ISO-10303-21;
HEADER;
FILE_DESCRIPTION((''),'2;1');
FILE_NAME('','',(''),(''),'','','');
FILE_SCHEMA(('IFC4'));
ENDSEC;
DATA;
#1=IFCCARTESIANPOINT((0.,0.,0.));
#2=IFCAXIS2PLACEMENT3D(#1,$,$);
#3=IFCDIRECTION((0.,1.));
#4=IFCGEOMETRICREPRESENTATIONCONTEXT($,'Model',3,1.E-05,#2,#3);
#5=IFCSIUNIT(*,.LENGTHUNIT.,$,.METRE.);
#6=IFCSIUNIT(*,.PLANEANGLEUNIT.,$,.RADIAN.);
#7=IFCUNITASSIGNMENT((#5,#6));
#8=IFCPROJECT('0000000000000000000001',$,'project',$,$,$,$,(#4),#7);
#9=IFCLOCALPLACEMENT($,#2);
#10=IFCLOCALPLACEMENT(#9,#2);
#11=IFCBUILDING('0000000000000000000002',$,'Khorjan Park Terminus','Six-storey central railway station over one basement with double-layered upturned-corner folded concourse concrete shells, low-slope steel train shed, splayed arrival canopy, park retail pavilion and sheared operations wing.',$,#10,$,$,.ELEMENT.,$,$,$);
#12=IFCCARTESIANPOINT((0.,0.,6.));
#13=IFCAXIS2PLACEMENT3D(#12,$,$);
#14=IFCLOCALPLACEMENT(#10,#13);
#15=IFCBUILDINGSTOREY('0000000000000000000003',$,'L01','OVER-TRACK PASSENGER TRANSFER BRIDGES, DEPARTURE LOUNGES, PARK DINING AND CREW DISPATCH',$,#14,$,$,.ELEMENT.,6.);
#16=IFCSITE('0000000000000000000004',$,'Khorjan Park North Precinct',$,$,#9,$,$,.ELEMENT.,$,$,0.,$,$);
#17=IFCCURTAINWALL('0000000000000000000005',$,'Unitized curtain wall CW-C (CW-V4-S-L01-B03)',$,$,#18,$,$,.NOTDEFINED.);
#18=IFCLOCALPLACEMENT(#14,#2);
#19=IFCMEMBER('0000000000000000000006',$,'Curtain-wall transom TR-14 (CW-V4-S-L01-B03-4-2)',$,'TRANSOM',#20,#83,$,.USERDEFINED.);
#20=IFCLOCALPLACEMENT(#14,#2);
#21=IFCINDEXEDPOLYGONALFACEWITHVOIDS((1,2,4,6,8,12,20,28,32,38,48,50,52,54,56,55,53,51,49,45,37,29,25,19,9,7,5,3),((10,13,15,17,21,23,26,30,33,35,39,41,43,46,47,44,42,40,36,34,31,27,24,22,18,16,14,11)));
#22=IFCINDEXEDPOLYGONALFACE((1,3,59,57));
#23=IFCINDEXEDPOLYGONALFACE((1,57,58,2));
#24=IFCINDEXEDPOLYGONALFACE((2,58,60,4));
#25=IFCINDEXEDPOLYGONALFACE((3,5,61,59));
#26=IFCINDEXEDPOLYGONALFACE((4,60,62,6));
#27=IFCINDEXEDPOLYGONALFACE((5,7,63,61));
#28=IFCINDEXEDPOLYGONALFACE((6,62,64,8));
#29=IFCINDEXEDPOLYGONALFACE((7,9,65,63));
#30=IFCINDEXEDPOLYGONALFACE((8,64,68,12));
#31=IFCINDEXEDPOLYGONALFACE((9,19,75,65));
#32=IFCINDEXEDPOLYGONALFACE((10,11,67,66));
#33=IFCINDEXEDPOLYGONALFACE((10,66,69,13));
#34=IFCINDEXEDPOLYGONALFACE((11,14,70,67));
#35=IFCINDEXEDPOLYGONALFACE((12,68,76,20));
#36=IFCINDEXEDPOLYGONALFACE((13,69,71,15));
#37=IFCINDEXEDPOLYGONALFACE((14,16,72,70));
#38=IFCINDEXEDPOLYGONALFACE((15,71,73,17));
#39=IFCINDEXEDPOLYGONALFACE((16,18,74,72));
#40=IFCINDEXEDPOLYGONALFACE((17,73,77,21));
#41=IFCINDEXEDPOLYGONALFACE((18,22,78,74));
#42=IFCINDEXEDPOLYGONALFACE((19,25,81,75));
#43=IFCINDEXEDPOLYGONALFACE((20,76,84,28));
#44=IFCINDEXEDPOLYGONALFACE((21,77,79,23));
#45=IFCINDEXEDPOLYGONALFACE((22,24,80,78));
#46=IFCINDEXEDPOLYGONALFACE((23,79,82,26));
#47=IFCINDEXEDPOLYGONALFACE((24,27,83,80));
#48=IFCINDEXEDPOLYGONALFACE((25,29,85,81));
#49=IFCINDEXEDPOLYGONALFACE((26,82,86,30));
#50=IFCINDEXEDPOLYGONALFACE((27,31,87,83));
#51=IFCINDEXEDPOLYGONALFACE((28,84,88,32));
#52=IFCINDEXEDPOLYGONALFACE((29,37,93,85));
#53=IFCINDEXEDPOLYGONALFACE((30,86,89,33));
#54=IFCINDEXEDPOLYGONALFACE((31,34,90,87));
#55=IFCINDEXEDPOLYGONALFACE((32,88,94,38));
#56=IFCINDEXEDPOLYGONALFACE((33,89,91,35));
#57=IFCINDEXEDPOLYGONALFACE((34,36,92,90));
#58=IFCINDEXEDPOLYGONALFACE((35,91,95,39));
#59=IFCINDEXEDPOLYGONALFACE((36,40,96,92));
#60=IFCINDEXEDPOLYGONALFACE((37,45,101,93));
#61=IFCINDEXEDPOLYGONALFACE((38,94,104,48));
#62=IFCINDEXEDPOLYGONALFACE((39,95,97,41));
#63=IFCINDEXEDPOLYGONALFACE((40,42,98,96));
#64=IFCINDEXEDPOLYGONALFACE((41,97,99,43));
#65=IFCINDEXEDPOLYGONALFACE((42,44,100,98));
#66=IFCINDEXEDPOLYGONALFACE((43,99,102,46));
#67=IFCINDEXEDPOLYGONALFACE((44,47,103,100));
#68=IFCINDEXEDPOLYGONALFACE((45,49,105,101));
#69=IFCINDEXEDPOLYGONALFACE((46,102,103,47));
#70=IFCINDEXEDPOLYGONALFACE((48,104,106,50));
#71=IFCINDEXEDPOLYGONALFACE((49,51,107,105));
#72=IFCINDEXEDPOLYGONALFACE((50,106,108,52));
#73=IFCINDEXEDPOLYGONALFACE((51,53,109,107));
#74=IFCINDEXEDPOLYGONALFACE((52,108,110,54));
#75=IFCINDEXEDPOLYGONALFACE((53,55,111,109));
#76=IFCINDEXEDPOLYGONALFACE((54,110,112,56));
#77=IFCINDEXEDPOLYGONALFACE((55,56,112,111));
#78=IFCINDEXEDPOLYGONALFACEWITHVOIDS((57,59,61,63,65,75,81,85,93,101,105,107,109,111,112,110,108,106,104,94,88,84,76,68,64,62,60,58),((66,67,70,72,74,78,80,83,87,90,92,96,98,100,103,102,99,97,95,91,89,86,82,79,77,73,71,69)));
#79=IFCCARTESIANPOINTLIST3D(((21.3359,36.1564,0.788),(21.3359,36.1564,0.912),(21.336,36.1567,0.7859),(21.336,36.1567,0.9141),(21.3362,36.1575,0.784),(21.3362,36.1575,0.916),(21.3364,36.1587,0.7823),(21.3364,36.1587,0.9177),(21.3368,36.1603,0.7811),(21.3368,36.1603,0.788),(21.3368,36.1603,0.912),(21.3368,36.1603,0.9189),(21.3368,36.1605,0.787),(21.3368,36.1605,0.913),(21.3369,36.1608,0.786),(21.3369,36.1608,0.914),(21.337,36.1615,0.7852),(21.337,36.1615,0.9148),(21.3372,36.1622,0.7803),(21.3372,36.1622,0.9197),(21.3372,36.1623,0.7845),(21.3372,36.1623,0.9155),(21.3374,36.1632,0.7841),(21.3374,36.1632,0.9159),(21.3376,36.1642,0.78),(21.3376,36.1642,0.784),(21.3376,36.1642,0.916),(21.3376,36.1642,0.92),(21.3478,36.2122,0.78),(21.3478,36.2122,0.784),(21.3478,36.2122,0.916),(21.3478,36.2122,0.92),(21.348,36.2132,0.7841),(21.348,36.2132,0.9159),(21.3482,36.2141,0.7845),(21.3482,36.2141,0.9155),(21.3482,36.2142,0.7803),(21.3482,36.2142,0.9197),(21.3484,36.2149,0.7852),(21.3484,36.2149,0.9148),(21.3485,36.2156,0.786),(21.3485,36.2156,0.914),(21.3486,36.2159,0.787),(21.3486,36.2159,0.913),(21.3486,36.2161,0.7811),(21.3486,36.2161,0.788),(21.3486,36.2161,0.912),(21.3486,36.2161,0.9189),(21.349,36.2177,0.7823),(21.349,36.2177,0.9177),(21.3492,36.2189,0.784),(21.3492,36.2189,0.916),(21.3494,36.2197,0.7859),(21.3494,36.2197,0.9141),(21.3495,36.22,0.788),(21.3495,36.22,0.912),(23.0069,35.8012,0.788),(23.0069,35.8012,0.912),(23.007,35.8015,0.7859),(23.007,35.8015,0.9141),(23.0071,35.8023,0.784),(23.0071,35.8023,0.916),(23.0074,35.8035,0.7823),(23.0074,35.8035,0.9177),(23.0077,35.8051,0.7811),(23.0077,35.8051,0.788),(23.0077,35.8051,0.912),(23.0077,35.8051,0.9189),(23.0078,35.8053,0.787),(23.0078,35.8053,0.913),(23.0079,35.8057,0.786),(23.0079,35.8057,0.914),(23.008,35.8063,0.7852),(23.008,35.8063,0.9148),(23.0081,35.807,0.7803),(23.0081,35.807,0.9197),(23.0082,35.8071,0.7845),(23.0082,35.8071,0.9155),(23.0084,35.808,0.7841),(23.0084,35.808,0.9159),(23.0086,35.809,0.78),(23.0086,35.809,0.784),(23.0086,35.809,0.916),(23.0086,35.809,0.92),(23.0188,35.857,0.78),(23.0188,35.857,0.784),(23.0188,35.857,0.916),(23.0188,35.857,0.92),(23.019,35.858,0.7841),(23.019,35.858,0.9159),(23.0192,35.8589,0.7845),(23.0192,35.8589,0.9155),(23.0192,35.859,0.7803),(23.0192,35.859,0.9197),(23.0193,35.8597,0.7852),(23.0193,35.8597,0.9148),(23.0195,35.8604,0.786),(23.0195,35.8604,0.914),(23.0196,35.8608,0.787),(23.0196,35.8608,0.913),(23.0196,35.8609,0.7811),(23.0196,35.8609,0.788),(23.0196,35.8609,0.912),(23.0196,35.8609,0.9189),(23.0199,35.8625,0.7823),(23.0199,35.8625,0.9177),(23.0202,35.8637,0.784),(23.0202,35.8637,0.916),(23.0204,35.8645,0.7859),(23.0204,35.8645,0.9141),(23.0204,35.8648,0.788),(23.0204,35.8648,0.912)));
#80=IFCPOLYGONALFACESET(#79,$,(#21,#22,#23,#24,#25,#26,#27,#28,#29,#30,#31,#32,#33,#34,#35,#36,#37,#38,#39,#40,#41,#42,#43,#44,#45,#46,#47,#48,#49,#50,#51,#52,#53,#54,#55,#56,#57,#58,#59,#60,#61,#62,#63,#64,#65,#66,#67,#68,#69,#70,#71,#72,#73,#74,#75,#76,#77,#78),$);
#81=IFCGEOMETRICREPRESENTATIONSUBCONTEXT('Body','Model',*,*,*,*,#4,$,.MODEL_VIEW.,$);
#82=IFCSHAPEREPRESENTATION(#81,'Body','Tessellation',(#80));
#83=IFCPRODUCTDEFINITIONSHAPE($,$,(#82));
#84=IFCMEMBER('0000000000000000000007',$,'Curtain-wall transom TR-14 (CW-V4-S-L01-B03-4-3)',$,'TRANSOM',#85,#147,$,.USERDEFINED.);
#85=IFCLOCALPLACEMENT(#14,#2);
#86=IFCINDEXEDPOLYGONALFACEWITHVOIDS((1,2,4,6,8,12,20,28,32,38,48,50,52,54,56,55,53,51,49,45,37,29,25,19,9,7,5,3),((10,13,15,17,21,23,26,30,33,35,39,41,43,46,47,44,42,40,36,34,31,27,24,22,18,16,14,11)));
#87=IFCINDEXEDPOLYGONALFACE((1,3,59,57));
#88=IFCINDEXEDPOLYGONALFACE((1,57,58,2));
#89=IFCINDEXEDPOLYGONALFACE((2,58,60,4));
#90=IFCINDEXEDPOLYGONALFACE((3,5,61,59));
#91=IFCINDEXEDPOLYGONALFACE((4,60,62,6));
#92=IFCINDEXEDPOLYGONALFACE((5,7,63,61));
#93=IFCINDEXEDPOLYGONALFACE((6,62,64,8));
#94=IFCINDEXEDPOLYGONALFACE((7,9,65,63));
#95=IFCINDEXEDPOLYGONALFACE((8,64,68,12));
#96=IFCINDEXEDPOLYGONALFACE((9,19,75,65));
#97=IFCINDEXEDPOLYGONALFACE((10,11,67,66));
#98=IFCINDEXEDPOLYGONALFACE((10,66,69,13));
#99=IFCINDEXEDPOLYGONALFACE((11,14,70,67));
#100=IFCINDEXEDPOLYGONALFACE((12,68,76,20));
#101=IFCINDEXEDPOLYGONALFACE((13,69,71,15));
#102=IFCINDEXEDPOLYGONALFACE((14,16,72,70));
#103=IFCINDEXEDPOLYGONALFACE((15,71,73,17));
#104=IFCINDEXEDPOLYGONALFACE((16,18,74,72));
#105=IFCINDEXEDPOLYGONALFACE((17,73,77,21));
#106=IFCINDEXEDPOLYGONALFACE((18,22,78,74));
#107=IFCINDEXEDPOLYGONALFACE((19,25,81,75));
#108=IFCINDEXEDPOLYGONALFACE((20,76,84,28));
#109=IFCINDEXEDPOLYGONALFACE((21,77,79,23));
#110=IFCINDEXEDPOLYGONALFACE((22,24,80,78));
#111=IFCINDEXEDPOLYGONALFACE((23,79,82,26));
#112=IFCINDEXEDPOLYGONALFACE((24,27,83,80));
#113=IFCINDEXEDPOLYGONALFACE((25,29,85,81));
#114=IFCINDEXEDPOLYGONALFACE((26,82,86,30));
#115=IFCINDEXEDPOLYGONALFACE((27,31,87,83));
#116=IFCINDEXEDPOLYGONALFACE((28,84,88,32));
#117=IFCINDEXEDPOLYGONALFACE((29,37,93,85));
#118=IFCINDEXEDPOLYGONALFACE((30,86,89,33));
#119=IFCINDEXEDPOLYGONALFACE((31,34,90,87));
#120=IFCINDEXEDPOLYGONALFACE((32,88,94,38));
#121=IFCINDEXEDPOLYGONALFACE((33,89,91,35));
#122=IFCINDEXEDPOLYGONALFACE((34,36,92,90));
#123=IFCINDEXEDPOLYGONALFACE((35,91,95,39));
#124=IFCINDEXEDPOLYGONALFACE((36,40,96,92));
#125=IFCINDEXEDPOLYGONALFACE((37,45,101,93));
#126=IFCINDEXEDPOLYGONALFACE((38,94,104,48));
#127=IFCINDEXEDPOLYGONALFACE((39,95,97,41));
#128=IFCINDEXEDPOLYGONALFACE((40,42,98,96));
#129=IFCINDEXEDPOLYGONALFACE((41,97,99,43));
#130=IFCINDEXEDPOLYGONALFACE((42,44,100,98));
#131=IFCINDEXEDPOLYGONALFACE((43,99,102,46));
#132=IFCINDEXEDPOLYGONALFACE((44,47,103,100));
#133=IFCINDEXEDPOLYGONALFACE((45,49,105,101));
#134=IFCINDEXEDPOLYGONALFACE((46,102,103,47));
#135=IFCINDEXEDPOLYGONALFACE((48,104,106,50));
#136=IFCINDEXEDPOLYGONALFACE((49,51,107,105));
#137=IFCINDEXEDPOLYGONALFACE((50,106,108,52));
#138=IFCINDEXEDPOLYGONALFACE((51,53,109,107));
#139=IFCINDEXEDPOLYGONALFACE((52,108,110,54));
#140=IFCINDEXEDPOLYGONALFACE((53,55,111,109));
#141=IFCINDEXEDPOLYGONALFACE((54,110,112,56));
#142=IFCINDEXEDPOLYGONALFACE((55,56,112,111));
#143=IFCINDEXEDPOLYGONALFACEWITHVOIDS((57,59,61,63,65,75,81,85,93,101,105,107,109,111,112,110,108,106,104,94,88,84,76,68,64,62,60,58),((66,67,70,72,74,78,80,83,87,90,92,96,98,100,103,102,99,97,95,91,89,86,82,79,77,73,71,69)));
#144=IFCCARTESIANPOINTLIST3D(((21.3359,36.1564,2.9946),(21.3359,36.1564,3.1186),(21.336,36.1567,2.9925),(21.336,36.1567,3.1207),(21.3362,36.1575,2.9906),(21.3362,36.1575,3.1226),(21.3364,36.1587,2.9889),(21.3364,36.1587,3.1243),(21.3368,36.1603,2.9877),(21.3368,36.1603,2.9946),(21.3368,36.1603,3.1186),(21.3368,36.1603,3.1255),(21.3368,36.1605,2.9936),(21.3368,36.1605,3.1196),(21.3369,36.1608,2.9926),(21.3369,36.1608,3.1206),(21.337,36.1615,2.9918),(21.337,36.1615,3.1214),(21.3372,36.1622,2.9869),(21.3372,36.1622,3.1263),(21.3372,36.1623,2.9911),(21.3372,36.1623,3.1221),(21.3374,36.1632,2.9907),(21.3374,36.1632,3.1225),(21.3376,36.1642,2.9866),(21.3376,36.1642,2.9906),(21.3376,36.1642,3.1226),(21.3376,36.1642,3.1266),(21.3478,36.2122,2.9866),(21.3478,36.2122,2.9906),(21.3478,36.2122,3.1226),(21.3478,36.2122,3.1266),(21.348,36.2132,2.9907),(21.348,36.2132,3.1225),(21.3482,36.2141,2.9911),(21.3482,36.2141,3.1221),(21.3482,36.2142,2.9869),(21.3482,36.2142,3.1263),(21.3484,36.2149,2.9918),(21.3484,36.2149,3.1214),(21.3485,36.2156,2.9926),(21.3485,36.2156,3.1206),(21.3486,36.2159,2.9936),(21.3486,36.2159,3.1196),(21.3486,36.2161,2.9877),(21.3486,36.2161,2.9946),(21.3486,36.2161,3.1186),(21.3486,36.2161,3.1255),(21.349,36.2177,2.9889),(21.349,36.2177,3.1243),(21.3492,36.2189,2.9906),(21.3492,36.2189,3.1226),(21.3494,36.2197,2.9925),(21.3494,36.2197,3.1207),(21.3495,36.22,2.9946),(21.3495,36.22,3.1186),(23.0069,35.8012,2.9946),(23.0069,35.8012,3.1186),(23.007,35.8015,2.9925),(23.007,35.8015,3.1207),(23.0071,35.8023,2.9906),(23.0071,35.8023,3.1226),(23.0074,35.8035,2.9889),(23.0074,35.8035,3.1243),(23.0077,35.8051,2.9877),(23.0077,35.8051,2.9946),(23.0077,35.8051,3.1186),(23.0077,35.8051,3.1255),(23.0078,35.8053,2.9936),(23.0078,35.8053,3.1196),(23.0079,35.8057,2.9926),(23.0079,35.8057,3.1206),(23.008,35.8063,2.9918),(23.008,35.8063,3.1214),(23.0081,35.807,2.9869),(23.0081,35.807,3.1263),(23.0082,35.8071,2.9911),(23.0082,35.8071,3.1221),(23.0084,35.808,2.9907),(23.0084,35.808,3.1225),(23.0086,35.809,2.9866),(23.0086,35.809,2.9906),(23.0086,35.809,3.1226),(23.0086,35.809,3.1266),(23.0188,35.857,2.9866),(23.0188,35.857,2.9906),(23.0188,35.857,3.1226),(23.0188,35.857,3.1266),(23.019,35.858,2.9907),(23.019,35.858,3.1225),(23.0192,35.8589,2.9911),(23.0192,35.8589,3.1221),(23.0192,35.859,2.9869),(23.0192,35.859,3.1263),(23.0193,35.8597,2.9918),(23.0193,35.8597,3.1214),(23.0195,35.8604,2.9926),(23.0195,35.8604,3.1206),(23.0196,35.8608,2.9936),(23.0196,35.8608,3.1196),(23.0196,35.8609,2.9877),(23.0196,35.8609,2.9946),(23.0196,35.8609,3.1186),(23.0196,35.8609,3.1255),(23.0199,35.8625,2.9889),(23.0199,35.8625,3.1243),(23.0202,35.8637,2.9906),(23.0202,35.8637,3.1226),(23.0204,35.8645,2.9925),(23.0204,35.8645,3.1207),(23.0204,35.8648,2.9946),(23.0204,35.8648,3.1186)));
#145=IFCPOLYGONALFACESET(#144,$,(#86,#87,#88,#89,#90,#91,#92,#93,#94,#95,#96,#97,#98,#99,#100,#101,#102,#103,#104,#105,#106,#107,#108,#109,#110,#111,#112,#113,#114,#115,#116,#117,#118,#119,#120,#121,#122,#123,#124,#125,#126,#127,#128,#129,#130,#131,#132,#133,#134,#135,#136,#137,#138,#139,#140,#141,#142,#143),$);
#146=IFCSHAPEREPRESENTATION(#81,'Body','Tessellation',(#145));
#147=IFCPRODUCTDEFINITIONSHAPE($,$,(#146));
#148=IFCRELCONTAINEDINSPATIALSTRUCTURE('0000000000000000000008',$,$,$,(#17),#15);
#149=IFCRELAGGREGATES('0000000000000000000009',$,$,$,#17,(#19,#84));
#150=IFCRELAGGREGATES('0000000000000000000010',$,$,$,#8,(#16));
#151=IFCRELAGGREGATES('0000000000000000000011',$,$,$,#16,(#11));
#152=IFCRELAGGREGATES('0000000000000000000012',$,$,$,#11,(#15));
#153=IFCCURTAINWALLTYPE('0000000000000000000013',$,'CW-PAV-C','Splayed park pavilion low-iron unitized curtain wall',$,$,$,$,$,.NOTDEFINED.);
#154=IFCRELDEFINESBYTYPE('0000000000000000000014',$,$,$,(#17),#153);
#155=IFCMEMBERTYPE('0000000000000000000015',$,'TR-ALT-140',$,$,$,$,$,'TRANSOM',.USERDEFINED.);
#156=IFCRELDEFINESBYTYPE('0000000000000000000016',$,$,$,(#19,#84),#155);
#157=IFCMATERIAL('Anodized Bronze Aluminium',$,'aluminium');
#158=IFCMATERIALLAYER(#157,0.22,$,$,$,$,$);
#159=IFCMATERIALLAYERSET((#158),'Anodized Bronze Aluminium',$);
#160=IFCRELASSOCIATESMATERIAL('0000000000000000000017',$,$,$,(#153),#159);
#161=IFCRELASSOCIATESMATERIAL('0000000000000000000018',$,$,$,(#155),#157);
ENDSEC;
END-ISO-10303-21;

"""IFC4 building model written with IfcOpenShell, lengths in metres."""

from ifc_helpers import new_model, si_unit, direction, frame, origin, origin_2d, place, context, subcontext, project, spatial, hollow_rectangle, extrude, material, layer, layer_set, material_profile, profile_set, type_object, element, aggregate, save


model = new_model("IFC4")

# Units and contexts
model_context = context("Model", 3, precision=1e-05, world=origin(), true_north=direction((0.0, 1.0)))
body_context = subcontext(model_context, "Body", "Model", "MODEL_VIEW")
ifc_project = project(units=[si_unit("LENGTHUNIT", "METRE"), si_unit("PLANEANGLEUNIT", "RADIAN")], contexts=[model_context])

# Site, building, storey
site_placement = place(None, origin())
site = spatial("IfcSite", under=ifc_project, at=site_placement, Name="Khorjan Park North Precinct", CompositionType="ELEMENT", RefElevation=0.0)
building_placement = place(site_placement, origin())
building = spatial("IfcBuilding", under=site, at=building_placement, Name="Khorjan Park Terminus", Description="Six-storey central railway station over one basement with double-layered upturned-corner folded concourse concrete shells, low-slope steel train shed, splayed arrival canopy, park retail pavilion and sheared operations wing.", CompositionType="ELEMENT")
storey_placement = place(building_placement, frame((0.0, 0.0, 6.0)))
storey = spatial("IfcBuildingStorey", under=building, at=storey_placement, Name="L01", Description="OVER-TRACK PASSENGER TRANSFER BRIDGES, DEPARTURE LOUNGES, PARK DINING AND CREW DISPATCH", CompositionType="ELEMENT", Elevation=6.0)

# Curtain wall, members
ifc_material_1 = material(Name="Anodized Bronze Aluminium", Category="aluminium")
ifc_layer_1 = layer(ifc_material_1, 0.22)
ifc_layer_set_1 = layer_set([ifc_layer_1], Name="Anodized Bronze Aluminium")
curtain_wall_type = type_object("IfcCurtainWallType", Name="CW-PAV-C", Description="Splayed park pavilion low-iron unitized curtain wall", PredefinedType="NOTDEFINED", material=ifc_layer_set_1)
curtain_wall_1_placement = place(storey_placement, origin())
curtain_wall_1 = element("IfcCurtainWall", 1, at=curtain_wall_1_placement, inside=storey, type_object=curtain_wall_type, Name="Unitized curtain wall CW-C (CW-V4-S-L01-B03)", PredefinedType="NOTDEFINED")
ifc_material_profile_1 = material_profile(ifc_material_1, hollow_rectangle(XDim=0.065, YDim=0.14, WallThickness=0.004, InnerFilletRadius=0.004, OuterFilletRadius=0.008, at=origin_2d()), Name="ALT 65x140x4")
ifc_profile_set_1 = profile_set([ifc_material_profile_1], Name="Anodized Bronze Aluminium")
member_type_1 = type_object("IfcMemberType", Name="TR-ALT-140", ElementType="TRANSOM", PredefinedType="USERDEFINED", material=ifc_profile_set_1)
member_1_placement = place(storey_placement, frame((21.3427, 36.1882, 0.85), z_axis=(0.978145, -0.207922, 0.0), x_axis=(0.207922, 0.978145, 0.0)))
member_1 = element("IfcMember", 2, at=member_1_placement, type_object=member_type_1, Name="Curtain-wall transom TR-14 (CW-V4-S-L01-B03-4-2)", ObjectType="TRANSOM", PredefinedType="USERDEFINED", context=body_context, shape_type="SweptSolid", body=[
    extrude(hollow_rectangle(XDim=0.065, YDim=0.14, WallThickness=0.004, InnerFilletRadius=0.004, OuterFilletRadius=0.008, at=origin_2d()), origin(), (0.0, 0.0, 1.0), 1.7083),
])
member_2_placement = place(storey_placement, frame((21.3427, 36.1882, 3.0566), z_axis=(0.978145, -0.207922, 0.0), x_axis=(0.207922, 0.978145, 0.0)))
member_2 = element("IfcMember", 3, at=member_2_placement, type_object=member_type_1, Name="Curtain-wall transom TR-14 (CW-V4-S-L01-B03-4-3)", ObjectType="TRANSOM", PredefinedType="USERDEFINED", context=body_context, shape_type="SweptSolid", body=[
    extrude(hollow_rectangle(XDim=0.065, YDim=0.14, WallThickness=0.004, InnerFilletRadius=0.004, OuterFilletRadius=0.008, at=origin_2d()), origin(), (0.0, 0.0, 1.0), 1.7083),
])

aggregate(curtain_wall_1, [member_1, member_2])

save(model, "model.ifc")
